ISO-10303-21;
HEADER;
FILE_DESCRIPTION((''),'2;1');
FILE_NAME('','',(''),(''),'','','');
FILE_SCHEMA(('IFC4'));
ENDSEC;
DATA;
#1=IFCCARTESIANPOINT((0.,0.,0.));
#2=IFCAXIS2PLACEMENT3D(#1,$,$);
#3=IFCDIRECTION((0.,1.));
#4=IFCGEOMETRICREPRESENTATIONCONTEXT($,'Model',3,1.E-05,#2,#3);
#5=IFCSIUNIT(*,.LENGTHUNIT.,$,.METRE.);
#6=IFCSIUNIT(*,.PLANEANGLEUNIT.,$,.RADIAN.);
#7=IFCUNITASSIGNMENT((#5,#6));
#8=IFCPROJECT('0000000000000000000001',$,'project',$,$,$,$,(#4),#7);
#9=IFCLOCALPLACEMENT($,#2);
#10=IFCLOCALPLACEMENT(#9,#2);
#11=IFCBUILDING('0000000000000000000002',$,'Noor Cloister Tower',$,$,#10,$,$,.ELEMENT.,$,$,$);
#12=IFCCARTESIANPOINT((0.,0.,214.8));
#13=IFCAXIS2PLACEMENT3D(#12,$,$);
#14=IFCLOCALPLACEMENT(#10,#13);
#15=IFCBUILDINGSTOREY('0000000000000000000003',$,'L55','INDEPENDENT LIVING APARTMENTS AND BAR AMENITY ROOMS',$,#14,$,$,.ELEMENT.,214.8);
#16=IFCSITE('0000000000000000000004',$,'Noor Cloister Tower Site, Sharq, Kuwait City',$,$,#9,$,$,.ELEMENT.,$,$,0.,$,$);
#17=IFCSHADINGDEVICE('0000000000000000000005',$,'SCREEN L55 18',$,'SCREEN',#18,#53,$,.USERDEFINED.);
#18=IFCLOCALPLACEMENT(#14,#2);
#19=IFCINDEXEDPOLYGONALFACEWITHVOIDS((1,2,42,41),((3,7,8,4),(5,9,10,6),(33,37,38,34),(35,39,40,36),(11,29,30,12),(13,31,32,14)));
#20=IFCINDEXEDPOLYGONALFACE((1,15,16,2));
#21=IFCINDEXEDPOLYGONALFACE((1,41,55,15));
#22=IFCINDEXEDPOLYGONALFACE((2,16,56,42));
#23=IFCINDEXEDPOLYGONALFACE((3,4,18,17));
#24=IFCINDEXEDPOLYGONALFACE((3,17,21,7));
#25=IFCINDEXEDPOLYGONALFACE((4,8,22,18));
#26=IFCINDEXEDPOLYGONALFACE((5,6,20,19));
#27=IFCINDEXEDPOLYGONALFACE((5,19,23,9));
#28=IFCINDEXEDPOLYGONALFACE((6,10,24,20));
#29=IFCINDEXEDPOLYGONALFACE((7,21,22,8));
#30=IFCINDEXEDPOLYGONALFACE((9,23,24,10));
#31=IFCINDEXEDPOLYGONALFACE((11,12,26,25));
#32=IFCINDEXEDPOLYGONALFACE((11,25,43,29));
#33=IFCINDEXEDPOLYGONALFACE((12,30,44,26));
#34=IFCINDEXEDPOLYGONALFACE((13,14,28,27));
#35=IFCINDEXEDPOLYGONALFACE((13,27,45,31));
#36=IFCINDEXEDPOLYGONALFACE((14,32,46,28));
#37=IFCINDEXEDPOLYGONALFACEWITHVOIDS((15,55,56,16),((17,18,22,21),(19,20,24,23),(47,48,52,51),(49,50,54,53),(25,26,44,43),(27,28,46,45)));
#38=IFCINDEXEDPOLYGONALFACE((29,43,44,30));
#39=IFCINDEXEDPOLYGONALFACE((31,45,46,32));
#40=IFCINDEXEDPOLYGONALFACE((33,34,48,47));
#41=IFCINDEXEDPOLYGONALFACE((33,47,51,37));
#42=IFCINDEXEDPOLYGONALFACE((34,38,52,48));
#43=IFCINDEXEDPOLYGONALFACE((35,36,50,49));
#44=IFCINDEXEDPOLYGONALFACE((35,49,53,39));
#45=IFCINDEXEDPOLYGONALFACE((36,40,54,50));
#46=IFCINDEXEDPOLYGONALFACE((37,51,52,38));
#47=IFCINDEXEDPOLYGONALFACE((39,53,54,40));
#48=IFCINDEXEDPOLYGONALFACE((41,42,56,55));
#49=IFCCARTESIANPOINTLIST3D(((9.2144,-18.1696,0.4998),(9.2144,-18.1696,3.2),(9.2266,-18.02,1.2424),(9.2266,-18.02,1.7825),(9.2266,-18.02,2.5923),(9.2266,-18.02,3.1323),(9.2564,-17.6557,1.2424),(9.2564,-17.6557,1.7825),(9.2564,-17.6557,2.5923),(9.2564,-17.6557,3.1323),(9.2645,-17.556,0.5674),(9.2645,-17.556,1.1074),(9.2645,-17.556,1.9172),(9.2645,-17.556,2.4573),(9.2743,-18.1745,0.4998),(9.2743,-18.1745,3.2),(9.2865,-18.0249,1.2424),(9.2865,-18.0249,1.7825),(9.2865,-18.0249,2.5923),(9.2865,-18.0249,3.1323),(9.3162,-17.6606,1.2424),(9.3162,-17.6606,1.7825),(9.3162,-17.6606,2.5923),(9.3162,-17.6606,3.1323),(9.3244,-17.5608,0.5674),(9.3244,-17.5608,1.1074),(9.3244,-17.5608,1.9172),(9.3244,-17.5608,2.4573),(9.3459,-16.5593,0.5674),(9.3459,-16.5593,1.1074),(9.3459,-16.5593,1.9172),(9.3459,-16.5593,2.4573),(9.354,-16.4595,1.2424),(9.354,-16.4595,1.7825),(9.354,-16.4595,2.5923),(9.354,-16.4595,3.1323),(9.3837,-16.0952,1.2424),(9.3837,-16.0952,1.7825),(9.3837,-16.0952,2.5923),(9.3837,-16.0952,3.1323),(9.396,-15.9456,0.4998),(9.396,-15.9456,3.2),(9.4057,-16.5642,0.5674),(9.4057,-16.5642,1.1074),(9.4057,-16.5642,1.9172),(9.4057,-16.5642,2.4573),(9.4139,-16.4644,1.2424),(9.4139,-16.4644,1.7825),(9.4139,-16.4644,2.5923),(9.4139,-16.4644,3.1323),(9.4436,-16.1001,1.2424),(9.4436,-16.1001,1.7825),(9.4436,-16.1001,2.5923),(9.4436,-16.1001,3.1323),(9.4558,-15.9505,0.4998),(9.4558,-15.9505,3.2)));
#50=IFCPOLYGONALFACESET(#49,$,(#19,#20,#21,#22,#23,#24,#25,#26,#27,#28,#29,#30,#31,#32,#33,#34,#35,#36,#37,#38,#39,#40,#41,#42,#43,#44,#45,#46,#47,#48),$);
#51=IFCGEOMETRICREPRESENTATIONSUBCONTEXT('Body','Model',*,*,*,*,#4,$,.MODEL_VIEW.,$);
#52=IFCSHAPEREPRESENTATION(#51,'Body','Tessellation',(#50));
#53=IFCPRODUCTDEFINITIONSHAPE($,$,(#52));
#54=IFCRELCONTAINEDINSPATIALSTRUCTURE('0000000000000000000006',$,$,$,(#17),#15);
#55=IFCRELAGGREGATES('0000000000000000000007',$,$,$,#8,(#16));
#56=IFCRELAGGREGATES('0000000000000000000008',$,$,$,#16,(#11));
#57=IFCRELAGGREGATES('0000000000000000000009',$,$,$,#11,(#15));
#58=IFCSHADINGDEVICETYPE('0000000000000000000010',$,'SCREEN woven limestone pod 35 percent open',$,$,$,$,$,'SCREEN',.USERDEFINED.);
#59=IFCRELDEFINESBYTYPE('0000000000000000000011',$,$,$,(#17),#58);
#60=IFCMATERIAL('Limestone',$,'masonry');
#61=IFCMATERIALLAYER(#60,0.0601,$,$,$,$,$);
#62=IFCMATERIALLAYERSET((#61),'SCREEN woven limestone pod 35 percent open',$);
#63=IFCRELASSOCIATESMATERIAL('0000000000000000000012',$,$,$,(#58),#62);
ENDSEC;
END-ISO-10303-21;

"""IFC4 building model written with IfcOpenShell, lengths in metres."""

from ifc_helpers import new_model, si_unit, direction, frame, origin, place, context, subcontext, project, spatial, polyline, outline, extrude, material, layer, layer_set, type_object, element, save


model = new_model("IFC4")

# Units and contexts
model_context = context("Model", 3, precision=1e-05, world=origin(), true_north=direction((0.0, 1.0)))
body_context = subcontext(model_context, "Body", "Model", "MODEL_VIEW")
ifc_project = project(units=[si_unit("LENGTHUNIT", "METRE"), si_unit("PLANEANGLEUNIT", "RADIAN")], contexts=[model_context])

# Site, building, storey
site_placement = place(None, origin())
site = spatial("IfcSite", under=ifc_project, at=site_placement, Name="Noor Cloister Tower Site, Sharq, Kuwait City", CompositionType="ELEMENT", RefElevation=0.0)
building_placement = place(site_placement, origin())
building = spatial("IfcBuilding", under=site, at=building_placement, Name="Noor Cloister Tower", CompositionType="ELEMENT")
storey_placement = place(building_placement, frame((0.0, 0.0, 214.8)))
storey = spatial("IfcBuildingStorey", under=building, at=storey_placement, Name="L55", Description="INDEPENDENT LIVING APARTMENTS AND BAR AMENITY ROOMS", CompositionType="ELEMENT", Elevation=214.8)

# Shading device
ifc_material_1 = material(Name="Limestone", Category="masonry")
ifc_layer_1 = layer(ifc_material_1, 0.0601)
ifc_layer_set_1 = layer_set([ifc_layer_1], Name="SCREEN woven limestone pod 35 percent open")
shading_device_type_1 = type_object("IfcShadingDeviceType", Name="SCREEN woven limestone pod 35 percent open", ElementType="SCREEN", PredefinedType="USERDEFINED", material=ifc_layer_set_1)
shading_device_1_placement = place(storey_placement, frame((9.3052, -17.0576, 1.8499), z_axis=(0.996685, -0.081362, 0.0), x_axis=(0.081362, 0.996685, 0.0)))
element("IfcShadingDevice", 1, at=shading_device_1_placement, inside=storey, type_object=shading_device_type_1, Name="SCREEN L55 18", ObjectType="SCREEN", PredefinedType="USERDEFINED", context=body_context, shape_type="SweptSolid", body=[
    extrude(outline(polyline([(-1.1157, -1.3501), (1.1157, -1.3501), (1.1157, 1.3501), (-1.1157, 1.3501), (-1.1157, -1.3501)]), holes=[polyline([(-0.5, -1.2825), (0.5, -1.2825), (0.5, -0.7424), (-0.5, -0.7424), (-0.5, -1.2825)]), polyline([(0.6001, -0.6074), (0.9656, -0.6074), (0.9656, -0.0674), (0.6001, -0.0674), (0.6001, -0.6074)]), polyline([(-0.9656, -0.6074), (-0.6001, -0.6074), (-0.6001, -0.0674), (-0.9656, -0.0674), (-0.9656, -0.6074)]), polyline([(-0.5, 0.0674), (0.5, 0.0674), (0.5, 0.6074), (-0.5, 0.6074), (-0.5, 0.0674)]), polyline([(0.6001, 0.7424), (0.9656, 0.7424), (0.9656, 1.2825), (0.6001, 1.2825), (0.6001, 0.7424)]), polyline([(-0.9656, 0.7424), (-0.6001, 0.7424), (-0.6001, 1.2825), (-0.9656, 1.2825), (-0.9656, 0.7424)])]), origin(), (0.0, 0.0, 1.0), 0.0601),
])

save(model, "model.ifc")
